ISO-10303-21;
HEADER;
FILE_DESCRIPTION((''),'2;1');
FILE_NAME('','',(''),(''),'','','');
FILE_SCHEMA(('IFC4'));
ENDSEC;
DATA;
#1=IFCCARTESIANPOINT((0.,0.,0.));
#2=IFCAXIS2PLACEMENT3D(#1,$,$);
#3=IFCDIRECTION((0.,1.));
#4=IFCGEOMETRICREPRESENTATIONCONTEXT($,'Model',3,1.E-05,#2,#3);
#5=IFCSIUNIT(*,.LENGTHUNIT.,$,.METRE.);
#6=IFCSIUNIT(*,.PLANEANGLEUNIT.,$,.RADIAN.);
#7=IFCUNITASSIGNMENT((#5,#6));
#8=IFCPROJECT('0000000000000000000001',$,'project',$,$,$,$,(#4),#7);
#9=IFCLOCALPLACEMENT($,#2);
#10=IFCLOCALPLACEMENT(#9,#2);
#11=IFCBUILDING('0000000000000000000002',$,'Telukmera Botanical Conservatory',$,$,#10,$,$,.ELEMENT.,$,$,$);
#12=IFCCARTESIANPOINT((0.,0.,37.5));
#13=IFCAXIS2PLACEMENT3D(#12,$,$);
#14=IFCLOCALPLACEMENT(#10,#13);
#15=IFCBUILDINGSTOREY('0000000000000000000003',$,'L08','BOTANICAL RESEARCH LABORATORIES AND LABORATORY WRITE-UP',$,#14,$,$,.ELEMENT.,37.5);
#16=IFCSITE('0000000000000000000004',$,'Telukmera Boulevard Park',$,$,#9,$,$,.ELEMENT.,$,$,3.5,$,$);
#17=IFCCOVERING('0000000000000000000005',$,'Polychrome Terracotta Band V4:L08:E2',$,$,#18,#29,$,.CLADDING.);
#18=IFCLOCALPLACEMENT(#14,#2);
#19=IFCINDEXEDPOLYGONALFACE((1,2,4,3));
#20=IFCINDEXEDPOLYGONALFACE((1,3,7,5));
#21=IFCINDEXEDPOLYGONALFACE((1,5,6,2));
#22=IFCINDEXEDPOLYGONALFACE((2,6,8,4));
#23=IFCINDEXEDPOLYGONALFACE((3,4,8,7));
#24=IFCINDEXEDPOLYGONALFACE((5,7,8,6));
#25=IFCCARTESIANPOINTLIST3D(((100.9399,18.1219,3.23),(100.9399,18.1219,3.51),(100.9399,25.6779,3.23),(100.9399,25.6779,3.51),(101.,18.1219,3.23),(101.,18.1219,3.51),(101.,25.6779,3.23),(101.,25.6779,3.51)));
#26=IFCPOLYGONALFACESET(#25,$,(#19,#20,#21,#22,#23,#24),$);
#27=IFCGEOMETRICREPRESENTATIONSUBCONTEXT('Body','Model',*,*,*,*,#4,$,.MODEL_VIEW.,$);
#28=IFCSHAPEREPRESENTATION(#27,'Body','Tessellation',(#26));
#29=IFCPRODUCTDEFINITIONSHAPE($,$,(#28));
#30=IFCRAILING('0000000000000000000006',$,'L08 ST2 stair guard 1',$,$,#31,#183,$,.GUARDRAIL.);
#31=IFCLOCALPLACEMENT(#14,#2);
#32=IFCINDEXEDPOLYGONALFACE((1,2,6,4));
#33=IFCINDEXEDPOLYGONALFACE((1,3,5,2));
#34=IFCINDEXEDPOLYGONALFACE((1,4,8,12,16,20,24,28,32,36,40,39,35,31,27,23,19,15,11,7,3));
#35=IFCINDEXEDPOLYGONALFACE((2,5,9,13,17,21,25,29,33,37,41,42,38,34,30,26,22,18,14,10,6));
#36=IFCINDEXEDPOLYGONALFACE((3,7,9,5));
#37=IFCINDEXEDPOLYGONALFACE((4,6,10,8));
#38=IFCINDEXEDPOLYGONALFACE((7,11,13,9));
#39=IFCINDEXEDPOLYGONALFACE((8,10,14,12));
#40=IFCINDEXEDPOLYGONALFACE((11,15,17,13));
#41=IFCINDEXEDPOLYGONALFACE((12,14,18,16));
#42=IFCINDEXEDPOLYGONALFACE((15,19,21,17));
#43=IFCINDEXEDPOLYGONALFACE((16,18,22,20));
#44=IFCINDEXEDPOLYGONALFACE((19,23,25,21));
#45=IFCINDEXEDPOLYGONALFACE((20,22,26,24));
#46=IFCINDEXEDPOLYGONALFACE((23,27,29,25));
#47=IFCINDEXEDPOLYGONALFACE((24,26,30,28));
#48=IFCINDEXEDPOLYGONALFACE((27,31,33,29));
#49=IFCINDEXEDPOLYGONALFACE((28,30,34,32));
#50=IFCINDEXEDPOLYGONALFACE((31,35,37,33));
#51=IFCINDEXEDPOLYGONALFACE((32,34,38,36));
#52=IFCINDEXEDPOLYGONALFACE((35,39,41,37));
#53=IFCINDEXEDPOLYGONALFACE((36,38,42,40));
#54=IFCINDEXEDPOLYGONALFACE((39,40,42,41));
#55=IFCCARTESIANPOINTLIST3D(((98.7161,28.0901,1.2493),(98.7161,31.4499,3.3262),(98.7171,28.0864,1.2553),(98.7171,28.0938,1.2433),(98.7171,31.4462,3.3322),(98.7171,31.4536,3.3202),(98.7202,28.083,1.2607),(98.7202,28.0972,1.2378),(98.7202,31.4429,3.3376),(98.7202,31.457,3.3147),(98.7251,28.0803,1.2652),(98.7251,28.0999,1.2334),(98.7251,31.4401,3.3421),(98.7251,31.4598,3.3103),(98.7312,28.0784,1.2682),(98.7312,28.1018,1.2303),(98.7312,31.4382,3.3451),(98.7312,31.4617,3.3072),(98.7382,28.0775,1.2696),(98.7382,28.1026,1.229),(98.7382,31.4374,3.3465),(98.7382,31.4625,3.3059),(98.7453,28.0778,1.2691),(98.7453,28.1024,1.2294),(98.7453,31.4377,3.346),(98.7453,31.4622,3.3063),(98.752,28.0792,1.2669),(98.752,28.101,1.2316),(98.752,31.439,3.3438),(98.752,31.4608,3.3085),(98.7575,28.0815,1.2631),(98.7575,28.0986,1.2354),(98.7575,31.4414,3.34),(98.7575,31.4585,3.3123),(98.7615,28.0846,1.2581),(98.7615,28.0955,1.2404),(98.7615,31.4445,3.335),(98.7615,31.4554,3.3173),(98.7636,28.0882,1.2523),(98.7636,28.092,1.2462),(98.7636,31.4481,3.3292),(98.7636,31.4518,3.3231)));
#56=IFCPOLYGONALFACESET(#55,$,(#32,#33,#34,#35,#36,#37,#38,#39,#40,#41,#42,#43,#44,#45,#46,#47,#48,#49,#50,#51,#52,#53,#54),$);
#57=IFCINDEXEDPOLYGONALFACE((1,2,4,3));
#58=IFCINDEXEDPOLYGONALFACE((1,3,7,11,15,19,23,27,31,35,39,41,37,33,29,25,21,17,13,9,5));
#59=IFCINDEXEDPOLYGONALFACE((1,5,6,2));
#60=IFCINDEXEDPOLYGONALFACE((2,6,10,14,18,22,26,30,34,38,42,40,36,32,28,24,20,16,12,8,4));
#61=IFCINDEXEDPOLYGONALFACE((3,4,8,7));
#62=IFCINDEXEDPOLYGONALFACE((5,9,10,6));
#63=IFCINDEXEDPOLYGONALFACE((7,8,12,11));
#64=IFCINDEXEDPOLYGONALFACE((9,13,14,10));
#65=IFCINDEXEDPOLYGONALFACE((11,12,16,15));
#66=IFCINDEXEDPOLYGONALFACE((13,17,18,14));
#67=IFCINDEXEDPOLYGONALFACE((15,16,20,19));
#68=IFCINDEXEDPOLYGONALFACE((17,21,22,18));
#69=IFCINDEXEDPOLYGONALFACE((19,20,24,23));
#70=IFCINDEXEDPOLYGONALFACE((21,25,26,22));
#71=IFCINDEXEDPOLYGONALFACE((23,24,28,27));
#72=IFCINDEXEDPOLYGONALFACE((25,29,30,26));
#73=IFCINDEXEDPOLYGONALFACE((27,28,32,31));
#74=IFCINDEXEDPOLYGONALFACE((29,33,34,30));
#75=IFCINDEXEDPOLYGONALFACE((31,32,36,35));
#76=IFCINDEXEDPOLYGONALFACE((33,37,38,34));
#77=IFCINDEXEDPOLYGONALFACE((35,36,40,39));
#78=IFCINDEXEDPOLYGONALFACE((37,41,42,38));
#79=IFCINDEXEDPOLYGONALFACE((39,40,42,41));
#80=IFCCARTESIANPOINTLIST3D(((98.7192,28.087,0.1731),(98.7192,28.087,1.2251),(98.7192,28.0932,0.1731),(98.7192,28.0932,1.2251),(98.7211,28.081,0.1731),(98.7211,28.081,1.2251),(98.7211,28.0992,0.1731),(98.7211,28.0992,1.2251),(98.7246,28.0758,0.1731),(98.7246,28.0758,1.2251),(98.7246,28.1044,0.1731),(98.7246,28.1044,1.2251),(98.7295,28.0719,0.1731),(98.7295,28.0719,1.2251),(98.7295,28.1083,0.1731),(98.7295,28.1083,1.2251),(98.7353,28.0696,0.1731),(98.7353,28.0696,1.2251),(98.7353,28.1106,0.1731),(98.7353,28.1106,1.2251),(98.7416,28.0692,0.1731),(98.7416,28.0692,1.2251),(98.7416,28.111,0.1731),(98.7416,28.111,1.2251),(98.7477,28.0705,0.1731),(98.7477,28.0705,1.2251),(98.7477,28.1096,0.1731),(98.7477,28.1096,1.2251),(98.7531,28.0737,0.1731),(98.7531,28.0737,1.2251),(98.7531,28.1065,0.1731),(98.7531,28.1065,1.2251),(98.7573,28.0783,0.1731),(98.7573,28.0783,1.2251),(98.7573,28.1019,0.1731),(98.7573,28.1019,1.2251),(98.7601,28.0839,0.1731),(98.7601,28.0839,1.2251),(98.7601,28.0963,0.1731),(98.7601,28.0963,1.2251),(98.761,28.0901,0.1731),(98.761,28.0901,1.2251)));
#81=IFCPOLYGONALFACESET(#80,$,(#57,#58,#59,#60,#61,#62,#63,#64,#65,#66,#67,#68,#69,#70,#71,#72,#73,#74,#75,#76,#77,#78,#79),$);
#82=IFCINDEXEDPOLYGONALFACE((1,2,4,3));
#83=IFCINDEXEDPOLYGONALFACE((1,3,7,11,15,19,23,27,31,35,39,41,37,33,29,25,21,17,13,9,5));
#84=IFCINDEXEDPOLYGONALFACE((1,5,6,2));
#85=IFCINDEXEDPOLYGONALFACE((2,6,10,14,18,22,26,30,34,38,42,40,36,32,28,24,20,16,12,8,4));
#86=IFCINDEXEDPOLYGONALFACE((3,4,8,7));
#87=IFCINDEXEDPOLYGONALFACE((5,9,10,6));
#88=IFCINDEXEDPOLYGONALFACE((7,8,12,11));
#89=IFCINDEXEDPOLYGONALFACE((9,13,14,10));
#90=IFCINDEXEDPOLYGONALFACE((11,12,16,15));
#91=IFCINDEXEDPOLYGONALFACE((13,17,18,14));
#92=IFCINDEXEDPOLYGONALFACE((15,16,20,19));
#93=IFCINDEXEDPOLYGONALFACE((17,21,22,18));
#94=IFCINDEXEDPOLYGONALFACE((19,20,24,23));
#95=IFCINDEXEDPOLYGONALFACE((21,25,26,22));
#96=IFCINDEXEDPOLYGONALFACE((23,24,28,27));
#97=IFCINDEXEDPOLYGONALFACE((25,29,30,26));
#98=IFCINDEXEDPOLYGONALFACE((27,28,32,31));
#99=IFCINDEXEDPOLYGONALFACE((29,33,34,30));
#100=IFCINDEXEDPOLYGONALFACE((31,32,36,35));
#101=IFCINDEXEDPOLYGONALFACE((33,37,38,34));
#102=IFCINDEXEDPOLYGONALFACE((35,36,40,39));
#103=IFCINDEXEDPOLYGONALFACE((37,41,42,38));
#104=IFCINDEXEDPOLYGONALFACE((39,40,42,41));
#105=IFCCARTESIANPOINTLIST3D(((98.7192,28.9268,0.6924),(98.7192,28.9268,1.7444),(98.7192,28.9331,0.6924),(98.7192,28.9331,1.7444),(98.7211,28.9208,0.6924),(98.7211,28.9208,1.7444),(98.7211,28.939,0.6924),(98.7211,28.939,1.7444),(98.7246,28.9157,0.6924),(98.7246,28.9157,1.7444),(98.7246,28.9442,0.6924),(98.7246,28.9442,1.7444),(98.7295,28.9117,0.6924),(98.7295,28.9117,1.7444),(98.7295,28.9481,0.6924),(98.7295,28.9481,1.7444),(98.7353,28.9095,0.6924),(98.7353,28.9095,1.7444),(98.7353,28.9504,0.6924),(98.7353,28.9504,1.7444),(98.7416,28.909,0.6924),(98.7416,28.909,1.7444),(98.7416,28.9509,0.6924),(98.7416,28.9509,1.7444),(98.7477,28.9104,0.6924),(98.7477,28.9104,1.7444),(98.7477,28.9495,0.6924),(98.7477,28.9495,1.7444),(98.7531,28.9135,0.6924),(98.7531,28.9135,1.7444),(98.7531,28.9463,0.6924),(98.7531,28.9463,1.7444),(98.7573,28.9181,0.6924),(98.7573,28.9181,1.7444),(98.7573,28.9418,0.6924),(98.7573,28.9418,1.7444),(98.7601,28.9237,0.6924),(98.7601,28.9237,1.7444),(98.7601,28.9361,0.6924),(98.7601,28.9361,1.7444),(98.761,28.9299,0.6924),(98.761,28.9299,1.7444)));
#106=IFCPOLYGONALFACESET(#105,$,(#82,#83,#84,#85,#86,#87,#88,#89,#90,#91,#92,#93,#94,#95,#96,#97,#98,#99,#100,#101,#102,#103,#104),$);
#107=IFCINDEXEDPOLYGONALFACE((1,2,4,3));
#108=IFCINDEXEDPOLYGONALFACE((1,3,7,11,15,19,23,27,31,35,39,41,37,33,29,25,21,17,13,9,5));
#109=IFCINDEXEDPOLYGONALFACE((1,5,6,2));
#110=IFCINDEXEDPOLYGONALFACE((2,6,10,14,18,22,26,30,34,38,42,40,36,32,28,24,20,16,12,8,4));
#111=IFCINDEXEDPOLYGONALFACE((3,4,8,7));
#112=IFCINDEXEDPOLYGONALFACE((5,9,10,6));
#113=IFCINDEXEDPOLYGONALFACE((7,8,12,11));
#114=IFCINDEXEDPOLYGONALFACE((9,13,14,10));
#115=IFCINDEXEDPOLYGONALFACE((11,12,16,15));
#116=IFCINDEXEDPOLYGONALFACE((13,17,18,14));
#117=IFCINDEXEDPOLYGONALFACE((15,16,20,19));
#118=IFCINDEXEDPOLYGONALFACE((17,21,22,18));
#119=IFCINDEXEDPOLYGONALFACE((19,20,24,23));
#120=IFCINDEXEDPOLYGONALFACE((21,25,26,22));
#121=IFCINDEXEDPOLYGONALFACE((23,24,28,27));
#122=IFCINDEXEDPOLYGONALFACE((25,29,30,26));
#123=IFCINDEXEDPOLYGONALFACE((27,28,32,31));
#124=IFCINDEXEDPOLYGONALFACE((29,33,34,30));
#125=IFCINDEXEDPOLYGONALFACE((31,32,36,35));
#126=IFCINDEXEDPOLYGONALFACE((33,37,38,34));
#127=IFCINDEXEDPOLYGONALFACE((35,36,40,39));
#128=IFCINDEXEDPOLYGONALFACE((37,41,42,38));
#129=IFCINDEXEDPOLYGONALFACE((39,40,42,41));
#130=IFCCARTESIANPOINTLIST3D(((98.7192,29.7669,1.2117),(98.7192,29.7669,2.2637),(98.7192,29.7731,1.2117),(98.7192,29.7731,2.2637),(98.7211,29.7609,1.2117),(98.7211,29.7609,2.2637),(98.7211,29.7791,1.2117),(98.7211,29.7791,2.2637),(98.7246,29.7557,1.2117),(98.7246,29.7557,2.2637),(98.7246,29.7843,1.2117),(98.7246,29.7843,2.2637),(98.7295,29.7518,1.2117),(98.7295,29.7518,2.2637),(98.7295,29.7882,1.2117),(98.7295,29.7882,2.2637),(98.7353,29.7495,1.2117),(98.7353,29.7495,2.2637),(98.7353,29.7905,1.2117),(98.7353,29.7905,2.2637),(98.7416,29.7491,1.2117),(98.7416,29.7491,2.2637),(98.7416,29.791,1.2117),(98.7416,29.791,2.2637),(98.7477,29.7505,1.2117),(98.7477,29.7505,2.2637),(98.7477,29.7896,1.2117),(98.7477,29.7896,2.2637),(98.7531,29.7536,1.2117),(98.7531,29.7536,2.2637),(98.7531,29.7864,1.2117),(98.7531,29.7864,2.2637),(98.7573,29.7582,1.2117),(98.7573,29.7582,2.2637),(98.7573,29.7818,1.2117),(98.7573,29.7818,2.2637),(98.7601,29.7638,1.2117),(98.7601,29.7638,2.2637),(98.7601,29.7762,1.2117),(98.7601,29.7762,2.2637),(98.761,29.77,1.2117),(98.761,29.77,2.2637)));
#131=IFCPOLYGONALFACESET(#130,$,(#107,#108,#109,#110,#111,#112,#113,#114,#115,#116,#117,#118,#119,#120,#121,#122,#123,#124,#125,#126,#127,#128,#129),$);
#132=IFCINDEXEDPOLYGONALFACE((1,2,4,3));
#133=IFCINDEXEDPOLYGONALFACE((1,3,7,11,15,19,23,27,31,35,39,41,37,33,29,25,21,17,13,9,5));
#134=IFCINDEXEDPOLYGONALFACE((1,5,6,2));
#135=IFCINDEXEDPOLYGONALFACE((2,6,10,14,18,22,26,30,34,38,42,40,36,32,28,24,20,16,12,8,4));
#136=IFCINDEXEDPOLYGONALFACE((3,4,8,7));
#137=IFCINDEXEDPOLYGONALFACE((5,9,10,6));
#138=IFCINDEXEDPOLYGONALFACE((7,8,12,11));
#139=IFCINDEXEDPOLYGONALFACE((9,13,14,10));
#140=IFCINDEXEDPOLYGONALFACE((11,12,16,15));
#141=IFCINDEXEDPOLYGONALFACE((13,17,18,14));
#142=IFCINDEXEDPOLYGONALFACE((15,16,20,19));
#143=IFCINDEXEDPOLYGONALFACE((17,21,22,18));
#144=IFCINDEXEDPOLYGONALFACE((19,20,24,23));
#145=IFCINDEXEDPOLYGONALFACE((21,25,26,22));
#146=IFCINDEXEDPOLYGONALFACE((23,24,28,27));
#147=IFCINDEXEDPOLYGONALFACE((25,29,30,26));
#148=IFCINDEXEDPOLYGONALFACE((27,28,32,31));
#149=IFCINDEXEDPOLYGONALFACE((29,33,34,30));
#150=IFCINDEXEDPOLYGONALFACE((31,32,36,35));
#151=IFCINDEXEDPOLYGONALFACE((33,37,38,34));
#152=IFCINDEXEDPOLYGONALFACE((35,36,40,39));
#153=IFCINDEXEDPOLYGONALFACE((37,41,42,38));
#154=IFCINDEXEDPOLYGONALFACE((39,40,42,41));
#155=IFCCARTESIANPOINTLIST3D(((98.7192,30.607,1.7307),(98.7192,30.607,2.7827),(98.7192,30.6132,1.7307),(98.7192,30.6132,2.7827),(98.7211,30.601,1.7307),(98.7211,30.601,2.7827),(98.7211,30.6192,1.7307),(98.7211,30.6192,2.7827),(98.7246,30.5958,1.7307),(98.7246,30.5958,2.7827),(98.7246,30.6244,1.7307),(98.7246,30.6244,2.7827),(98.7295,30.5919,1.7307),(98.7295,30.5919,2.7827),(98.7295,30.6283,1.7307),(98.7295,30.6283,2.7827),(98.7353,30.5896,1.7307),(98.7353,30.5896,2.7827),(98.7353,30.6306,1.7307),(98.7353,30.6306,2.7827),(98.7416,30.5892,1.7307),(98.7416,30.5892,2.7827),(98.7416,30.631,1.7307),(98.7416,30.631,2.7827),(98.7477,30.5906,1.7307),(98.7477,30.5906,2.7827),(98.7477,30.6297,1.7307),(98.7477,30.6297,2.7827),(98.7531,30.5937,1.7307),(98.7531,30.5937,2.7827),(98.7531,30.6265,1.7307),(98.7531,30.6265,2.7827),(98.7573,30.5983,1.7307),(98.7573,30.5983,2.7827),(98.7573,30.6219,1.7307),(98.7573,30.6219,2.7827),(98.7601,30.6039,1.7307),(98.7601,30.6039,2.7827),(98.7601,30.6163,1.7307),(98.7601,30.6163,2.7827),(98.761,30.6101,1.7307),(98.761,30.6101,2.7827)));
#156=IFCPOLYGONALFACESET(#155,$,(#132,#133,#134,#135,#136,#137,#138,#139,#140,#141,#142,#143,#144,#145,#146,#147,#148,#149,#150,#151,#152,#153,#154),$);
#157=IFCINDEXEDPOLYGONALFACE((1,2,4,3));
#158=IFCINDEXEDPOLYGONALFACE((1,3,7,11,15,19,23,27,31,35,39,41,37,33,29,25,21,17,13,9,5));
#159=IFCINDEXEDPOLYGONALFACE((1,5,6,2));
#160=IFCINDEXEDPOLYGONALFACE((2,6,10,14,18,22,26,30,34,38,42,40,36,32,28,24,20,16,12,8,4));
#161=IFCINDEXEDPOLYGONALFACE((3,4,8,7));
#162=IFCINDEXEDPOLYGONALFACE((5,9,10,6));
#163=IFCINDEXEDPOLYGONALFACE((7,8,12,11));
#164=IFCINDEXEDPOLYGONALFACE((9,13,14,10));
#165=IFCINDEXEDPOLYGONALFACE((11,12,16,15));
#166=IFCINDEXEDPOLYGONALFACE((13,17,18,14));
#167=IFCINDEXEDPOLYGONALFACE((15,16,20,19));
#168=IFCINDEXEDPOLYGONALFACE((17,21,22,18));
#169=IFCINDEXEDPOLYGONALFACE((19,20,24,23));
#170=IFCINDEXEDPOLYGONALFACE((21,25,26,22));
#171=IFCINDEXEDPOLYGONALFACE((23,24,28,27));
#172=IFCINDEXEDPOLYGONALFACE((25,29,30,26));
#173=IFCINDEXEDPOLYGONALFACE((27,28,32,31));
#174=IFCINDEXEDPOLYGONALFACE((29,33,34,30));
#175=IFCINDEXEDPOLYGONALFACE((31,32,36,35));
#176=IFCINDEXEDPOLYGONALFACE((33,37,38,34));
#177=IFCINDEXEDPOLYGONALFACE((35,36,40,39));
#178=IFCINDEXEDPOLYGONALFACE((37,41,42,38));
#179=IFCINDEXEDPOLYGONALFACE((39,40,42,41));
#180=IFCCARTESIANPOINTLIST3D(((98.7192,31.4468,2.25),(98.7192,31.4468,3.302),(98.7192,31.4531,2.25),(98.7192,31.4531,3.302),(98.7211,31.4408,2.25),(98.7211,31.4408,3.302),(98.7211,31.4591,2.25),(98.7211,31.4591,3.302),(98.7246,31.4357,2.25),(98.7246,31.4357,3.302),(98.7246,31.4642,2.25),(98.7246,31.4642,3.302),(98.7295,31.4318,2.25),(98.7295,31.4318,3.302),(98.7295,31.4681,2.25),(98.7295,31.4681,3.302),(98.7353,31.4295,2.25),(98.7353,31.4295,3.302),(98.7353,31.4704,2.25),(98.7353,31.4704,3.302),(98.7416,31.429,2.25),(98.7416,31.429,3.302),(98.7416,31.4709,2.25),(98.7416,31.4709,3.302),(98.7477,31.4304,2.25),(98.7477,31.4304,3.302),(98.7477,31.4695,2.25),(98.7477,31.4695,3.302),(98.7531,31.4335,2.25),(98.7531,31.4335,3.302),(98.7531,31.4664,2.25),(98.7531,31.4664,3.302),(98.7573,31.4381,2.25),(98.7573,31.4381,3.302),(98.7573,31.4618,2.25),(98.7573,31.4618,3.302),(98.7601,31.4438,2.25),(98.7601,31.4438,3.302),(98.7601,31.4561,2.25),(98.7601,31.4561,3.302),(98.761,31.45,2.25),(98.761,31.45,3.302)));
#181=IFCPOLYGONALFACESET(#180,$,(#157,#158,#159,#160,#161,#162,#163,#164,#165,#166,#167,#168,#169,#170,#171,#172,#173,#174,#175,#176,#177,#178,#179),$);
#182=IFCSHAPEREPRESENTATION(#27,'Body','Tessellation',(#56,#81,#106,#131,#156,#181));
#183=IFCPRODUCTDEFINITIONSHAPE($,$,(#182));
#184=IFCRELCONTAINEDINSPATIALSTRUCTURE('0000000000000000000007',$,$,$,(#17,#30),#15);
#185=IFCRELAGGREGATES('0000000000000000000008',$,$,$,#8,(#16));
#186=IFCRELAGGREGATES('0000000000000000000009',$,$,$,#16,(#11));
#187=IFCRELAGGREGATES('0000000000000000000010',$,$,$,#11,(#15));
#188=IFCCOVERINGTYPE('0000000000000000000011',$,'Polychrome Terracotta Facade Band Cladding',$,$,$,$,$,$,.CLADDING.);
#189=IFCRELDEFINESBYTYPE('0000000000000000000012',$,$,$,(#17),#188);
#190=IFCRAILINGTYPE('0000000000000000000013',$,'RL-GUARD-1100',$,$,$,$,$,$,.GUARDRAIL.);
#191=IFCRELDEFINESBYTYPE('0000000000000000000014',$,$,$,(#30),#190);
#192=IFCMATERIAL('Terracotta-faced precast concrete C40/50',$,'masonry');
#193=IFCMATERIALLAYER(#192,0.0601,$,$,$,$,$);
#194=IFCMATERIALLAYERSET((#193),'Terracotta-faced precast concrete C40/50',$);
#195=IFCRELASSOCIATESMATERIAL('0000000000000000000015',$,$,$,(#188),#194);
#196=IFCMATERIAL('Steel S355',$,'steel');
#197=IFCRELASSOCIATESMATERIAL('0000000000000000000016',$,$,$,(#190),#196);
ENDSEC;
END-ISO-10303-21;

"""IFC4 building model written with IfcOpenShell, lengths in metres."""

from ifc_helpers import new_model, si_unit, direction, frame, origin, origin_2d, place, context, subcontext, project, spatial, rectangle, circle, extrude, material, layer, layer_set, type_object, element, save


model = new_model("IFC4")

# Units and contexts
model_context = context("Model", 3, precision=1e-05, world=origin(), true_north=direction((0.0, 1.0)))
body_context = subcontext(model_context, "Body", "Model", "MODEL_VIEW")
ifc_project = project(units=[si_unit("LENGTHUNIT", "METRE"), si_unit("PLANEANGLEUNIT", "RADIAN")], contexts=[model_context])

# Site, building, storey
site_placement = place(None, origin())
site = spatial("IfcSite", under=ifc_project, at=site_placement, Name="Telukmera Boulevard Park", CompositionType="ELEMENT", RefElevation=3.5)
building_placement = place(site_placement, origin())
building = spatial("IfcBuilding", under=site, at=building_placement, Name="Telukmera Botanical Conservatory", CompositionType="ELEMENT")
storey_placement = place(building_placement, frame((0.0, 0.0, 37.5)))
storey = spatial("IfcBuildingStorey", under=building, at=storey_placement, Name="L08", Description="BOTANICAL RESEARCH LABORATORIES AND LABORATORY WRITE-UP", CompositionType="ELEMENT", Elevation=37.5)

# Covering
ifc_material_1 = material(Name="Terracotta-faced precast concrete C40/50", Category="masonry")
ifc_layer_1 = layer(ifc_material_1, 0.0601)
ifc_layer_set_1 = layer_set([ifc_layer_1], Name="Terracotta-faced precast concrete C40/50")
covering_type_1 = type_object("IfcCoveringType", Name="Polychrome Terracotta Facade Band Cladding", PredefinedType="CLADDING", material=ifc_layer_set_1)
covering_1_placement = place(storey_placement, frame((100.97, 21.8999, 3.23), z_axis=(0.0, 0.0, 1.0), x_axis=(0.0, 1.0, 0.0)))
element("IfcCovering", 1, at=covering_1_placement, inside=storey, type_object=covering_type_1, Name="Polychrome Terracotta Band V4:L08:E2", PredefinedType="CLADDING", context=body_context, shape_type="SweptSolid", body=[
    extrude(rectangle(XDim=7.5559, YDim=0.0601, at=origin_2d()), origin(), (0.0, 0.0, 1.0), 0.28),
])

# Railing
ifc_material_2 = material(Name="Steel S355", Category="steel")
railing_type_1 = type_object("IfcRailingType", Name="RL-GUARD-1100", PredefinedType="GUARDRAIL", material=ifc_material_2)
railing_1_placement = place(storey_placement, frame((98.74, 28.0901, 0.1731)))
element("IfcRailing", 2, at=railing_1_placement, inside=storey, type_object=railing_type_1, Name="L08 ST2 stair guard 1", PredefinedType="GUARDRAIL", context=body_context, shape_type="SweptSolid", body=[
    extrude(circle(Radius=0.0239, at=origin_2d()), frame((0.0, 0.0, 1.0762), z_axis=(0.0, 0.850606, 0.525803), x_axis=(-1.0, 0.0, 0.0)), (0.0, 0.0, 1.0), 3.95),
    extrude(circle(Radius=0.021, at=origin_2d()), origin(), (0.0, 0.0, 1.0), 1.052),
    extrude(circle(Radius=0.021, at=origin_2d()), frame((0.0, 0.8398, 0.5193)), (0.0, 0.0, 1.0), 1.052),
    extrude(circle(Radius=0.021, at=origin_2d()), frame((0.0, 1.6799, 1.0386)), (0.0, 0.0, 1.0), 1.052),
    extrude(circle(Radius=0.021, at=origin_2d()), frame((0.0, 2.52, 1.5576)), (0.0, 0.0, 1.0), 1.052),
    extrude(circle(Radius=0.021, at=origin_2d()), frame((0.0, 3.3599, 2.0769)), (0.0, 0.0, 1.0), 1.052),
])

save(model, "model.ifc")
